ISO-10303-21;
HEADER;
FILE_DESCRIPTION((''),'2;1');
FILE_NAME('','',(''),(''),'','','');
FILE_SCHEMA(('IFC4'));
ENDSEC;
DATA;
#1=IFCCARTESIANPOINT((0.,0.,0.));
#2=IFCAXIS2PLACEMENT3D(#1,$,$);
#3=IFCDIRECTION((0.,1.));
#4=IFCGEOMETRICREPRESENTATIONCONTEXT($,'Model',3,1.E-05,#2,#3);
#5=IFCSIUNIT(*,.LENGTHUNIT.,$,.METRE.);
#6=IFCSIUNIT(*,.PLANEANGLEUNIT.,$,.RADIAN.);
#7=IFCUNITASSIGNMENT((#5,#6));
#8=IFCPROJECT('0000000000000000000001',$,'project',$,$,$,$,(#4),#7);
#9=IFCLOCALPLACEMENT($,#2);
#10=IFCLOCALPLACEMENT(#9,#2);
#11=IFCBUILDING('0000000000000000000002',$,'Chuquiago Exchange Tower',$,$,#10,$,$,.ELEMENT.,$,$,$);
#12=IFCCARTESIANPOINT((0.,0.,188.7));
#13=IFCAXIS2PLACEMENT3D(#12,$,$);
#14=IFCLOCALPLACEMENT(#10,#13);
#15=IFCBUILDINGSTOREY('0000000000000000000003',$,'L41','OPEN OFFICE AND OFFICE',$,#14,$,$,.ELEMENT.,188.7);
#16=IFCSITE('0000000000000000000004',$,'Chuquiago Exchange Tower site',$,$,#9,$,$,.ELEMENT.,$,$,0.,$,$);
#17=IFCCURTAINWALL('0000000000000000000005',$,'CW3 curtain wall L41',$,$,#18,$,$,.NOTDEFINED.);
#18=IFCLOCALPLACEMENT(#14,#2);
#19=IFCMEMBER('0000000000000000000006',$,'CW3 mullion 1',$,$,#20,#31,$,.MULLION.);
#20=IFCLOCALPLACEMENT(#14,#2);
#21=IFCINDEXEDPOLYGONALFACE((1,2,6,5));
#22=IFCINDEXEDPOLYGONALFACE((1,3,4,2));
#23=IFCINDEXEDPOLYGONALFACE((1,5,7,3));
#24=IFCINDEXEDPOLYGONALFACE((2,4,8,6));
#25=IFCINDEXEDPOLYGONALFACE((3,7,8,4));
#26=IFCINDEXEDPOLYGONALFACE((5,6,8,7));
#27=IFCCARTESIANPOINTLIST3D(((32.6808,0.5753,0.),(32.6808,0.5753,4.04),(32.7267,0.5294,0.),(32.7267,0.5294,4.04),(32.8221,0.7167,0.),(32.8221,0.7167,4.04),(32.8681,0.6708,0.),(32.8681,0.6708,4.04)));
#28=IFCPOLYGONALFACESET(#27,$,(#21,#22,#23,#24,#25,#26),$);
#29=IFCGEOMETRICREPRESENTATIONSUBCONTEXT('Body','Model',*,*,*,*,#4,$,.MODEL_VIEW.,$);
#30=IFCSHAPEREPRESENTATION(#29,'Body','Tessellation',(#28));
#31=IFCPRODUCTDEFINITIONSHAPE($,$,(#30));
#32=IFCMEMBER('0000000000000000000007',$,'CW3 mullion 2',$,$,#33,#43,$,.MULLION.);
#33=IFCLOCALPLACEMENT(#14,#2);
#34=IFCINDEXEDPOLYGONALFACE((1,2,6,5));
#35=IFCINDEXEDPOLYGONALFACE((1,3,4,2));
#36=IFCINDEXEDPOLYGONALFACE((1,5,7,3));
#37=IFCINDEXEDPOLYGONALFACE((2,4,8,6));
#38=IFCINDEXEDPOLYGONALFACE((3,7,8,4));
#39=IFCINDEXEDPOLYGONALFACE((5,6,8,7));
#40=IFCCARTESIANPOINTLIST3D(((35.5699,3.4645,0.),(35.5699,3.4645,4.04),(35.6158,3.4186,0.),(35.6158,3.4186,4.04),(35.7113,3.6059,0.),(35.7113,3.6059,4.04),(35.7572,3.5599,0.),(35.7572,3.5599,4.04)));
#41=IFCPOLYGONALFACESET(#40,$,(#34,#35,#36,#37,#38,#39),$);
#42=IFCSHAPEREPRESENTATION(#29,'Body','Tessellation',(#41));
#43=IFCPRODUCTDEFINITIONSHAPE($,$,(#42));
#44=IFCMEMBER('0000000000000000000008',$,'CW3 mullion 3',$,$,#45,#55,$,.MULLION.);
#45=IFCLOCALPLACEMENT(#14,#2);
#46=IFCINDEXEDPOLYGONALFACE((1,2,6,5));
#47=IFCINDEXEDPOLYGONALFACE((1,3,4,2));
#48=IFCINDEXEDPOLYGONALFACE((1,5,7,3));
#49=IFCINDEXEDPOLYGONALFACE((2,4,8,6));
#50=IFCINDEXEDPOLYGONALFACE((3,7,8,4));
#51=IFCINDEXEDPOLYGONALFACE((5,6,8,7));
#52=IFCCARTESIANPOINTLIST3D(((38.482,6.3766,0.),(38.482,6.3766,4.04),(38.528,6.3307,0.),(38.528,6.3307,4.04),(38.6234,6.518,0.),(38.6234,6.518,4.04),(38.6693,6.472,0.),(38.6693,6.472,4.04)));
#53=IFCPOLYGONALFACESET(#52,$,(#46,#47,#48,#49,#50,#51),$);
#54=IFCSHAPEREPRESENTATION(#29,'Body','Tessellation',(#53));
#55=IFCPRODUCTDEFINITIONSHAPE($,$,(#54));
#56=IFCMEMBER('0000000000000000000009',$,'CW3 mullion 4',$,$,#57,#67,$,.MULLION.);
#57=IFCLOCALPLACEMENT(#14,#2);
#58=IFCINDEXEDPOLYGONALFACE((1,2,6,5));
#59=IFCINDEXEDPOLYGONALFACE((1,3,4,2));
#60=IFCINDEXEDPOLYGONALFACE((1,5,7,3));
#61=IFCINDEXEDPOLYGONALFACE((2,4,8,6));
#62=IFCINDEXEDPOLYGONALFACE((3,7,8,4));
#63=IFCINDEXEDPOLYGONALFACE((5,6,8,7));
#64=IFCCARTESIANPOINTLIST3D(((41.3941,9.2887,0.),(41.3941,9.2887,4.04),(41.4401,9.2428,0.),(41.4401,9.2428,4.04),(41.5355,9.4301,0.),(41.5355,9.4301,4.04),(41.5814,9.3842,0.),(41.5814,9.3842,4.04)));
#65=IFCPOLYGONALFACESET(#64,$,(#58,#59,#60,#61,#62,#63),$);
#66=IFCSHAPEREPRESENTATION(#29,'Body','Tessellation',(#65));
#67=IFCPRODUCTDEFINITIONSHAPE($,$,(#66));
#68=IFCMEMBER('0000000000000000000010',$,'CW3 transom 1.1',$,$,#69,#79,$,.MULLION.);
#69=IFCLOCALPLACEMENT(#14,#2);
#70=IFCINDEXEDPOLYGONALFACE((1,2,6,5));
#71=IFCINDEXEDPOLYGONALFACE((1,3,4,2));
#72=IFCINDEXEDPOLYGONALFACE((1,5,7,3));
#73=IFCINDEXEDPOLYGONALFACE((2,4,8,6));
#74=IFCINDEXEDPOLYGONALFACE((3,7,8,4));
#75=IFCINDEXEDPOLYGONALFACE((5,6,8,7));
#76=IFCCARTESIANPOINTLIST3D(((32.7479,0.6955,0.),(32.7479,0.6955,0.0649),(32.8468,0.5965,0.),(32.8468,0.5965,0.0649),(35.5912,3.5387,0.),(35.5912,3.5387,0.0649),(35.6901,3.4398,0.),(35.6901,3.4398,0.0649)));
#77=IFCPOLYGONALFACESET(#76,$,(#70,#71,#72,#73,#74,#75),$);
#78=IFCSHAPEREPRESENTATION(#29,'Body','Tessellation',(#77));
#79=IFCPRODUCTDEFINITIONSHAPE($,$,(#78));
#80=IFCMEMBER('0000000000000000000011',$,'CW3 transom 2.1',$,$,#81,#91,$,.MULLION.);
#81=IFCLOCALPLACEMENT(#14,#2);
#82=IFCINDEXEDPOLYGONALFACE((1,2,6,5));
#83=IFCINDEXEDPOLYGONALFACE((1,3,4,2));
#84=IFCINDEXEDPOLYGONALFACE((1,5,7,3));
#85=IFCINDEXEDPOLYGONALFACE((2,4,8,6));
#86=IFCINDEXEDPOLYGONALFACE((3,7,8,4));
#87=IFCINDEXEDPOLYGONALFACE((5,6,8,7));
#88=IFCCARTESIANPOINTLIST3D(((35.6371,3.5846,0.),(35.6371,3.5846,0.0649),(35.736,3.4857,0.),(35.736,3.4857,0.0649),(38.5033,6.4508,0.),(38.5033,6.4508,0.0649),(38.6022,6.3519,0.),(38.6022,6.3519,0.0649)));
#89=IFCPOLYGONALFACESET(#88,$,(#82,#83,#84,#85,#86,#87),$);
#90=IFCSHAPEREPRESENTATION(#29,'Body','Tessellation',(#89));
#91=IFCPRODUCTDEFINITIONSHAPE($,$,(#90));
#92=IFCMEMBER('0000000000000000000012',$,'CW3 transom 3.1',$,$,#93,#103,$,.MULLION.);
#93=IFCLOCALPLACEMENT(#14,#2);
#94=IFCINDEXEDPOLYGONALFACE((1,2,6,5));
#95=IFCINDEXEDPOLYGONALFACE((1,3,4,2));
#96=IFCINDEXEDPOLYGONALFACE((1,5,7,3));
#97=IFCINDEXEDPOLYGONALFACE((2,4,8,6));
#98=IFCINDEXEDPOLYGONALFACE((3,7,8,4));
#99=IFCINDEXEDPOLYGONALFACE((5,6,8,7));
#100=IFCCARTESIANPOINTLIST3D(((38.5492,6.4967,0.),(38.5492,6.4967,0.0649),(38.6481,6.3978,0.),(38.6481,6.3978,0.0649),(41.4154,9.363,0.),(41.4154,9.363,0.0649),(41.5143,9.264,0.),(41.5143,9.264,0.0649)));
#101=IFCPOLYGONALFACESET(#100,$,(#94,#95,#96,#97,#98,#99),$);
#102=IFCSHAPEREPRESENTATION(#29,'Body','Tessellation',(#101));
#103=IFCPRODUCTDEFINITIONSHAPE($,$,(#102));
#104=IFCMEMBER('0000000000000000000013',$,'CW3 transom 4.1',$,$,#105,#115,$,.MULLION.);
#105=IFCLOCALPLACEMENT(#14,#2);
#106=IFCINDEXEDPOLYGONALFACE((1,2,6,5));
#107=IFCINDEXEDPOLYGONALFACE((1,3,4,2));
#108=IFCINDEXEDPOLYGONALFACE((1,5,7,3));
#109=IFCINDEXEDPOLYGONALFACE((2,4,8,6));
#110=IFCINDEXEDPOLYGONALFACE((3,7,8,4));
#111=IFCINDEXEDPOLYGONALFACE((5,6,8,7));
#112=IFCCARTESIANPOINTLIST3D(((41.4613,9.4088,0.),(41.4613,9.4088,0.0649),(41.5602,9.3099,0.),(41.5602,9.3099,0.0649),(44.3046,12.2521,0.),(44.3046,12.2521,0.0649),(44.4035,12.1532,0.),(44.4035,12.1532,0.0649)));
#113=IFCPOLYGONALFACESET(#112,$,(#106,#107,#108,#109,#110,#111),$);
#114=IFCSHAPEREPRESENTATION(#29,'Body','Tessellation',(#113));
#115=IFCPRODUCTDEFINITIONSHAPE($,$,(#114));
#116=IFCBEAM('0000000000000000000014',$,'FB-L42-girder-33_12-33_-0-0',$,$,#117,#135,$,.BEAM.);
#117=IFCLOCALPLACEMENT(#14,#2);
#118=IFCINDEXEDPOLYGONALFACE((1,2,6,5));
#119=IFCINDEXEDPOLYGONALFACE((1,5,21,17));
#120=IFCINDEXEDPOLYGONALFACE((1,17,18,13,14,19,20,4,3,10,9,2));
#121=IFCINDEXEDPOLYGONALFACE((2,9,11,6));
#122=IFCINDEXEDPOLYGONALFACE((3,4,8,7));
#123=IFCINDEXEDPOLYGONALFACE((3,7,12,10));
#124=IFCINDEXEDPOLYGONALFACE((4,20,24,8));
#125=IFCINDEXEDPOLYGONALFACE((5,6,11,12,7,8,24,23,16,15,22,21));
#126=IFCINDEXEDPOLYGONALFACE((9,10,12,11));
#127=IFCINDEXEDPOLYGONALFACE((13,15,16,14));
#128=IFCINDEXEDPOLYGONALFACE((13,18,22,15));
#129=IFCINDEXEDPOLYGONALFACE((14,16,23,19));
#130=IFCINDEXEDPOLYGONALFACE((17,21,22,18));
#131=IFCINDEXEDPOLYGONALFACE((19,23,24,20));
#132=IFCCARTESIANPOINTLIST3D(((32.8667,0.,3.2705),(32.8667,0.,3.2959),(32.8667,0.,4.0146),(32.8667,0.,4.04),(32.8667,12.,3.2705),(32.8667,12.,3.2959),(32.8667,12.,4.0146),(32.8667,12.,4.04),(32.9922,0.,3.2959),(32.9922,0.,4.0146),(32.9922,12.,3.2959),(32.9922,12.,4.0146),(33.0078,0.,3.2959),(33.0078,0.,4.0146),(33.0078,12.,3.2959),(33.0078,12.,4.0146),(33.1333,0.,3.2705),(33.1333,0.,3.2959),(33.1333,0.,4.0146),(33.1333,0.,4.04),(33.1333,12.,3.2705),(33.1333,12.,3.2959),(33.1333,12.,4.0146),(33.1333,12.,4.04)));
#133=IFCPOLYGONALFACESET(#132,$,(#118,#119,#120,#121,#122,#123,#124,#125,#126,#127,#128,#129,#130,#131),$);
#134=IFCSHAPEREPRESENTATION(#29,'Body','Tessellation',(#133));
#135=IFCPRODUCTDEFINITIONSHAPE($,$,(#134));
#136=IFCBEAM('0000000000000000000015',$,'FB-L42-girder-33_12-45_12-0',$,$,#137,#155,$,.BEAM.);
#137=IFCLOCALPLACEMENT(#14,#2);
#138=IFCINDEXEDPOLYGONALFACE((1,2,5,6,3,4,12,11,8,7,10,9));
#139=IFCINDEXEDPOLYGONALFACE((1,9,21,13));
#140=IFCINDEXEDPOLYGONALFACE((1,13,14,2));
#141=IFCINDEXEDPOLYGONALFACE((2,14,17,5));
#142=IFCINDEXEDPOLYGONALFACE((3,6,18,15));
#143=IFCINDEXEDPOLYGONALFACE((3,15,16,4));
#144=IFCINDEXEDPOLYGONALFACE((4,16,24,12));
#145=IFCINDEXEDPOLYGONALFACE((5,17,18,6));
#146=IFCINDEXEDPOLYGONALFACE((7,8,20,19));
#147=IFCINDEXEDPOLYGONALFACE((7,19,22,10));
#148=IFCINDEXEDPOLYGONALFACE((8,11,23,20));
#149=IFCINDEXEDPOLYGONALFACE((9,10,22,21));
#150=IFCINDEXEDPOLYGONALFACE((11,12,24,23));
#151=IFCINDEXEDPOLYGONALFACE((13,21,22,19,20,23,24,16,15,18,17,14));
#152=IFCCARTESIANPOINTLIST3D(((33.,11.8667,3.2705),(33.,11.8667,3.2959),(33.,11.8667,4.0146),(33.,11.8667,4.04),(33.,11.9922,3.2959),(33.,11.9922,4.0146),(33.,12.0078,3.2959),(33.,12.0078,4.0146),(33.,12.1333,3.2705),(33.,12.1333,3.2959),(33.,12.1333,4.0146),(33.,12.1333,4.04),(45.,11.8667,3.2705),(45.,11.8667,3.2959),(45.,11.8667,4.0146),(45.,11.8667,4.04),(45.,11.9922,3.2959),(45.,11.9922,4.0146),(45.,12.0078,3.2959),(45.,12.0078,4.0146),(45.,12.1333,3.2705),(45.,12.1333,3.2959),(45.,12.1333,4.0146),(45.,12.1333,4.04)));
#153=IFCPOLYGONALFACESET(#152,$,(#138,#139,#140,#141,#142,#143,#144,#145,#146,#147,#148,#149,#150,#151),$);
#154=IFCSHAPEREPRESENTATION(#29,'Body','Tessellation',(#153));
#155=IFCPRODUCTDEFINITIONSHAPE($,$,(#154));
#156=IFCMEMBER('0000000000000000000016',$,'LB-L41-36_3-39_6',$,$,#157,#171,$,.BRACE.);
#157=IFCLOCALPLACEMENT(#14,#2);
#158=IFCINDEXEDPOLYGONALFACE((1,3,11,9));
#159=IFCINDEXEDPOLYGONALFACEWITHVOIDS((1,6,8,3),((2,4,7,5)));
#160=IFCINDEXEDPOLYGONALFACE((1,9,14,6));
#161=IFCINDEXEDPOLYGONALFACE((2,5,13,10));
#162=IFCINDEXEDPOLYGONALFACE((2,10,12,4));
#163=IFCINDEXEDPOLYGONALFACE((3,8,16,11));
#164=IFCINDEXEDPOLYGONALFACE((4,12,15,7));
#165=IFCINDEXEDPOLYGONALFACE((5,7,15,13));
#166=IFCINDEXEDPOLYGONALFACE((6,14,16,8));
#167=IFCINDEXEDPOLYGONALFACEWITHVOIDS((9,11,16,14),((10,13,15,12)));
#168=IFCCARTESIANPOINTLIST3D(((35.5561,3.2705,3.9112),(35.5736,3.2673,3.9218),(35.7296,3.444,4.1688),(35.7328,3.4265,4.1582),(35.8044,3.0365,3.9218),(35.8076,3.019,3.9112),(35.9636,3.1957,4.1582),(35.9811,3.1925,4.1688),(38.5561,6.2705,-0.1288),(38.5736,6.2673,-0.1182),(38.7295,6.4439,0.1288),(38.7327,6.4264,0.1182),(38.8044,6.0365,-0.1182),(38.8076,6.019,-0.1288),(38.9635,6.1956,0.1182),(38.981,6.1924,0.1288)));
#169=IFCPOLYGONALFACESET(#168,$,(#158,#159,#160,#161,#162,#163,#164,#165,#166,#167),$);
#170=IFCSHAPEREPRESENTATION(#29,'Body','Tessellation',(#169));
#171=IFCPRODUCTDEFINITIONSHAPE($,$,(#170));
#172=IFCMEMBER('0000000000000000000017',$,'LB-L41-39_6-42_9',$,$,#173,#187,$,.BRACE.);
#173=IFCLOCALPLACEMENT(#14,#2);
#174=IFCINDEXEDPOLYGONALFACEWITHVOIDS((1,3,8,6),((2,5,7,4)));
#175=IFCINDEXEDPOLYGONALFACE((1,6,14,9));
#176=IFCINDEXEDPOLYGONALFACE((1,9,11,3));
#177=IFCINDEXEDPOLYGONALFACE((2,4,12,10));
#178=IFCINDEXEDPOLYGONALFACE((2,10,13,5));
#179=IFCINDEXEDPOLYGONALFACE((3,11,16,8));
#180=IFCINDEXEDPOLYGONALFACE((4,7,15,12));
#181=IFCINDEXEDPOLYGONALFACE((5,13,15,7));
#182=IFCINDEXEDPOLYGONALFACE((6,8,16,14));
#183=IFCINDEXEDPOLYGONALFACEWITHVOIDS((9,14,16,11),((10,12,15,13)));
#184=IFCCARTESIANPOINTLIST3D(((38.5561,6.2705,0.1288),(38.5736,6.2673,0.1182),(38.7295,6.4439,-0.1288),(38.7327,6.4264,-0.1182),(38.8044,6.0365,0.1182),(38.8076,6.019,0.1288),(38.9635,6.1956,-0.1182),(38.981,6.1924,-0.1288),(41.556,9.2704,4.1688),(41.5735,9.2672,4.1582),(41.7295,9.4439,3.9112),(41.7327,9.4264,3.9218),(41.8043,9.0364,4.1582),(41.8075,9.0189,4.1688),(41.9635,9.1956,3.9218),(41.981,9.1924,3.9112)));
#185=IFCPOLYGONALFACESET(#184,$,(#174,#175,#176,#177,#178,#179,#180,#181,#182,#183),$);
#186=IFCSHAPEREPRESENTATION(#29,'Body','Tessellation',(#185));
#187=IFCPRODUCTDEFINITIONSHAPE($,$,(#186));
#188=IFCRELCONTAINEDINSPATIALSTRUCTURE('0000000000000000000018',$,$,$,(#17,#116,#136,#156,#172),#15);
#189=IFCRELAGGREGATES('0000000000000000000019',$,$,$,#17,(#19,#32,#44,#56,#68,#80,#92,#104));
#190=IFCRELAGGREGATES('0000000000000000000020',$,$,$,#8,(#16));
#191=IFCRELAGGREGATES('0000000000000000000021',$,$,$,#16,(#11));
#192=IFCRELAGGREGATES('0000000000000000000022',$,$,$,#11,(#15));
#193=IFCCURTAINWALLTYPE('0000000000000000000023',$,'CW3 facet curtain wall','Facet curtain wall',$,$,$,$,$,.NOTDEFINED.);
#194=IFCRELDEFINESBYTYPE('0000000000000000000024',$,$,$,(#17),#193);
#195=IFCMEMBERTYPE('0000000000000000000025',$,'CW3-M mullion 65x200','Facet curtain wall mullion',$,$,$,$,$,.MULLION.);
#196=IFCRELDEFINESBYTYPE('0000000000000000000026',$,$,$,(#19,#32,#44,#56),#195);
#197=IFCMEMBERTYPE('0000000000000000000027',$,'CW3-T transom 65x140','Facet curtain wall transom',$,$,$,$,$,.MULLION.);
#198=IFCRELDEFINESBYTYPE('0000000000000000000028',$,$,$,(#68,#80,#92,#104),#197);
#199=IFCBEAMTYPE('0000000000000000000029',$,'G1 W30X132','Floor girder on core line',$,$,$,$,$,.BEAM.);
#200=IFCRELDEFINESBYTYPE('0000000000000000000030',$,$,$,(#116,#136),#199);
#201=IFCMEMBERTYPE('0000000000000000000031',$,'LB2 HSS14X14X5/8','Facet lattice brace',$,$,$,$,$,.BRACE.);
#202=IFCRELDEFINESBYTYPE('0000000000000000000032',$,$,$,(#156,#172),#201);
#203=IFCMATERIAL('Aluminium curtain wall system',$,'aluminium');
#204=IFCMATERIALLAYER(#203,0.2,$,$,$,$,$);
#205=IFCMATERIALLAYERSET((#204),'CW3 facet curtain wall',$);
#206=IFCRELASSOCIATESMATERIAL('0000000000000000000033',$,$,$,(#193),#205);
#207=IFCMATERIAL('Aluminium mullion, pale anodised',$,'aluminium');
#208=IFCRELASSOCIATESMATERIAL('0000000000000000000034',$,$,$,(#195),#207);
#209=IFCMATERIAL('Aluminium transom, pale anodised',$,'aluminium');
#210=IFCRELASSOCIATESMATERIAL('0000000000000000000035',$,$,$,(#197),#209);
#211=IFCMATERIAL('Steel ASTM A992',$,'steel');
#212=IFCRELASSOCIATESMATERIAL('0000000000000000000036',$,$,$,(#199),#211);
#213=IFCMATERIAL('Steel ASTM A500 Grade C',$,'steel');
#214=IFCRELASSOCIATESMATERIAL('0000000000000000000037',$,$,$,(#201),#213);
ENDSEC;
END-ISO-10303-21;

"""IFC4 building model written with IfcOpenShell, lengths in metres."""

from ifc_helpers import new_model, si_unit, direction, frame, origin, origin_2d, place, context, subcontext, project, spatial, rectangle, hollow_rectangle, i_section, extrude, material, layer, layer_set, material_profile, profile_set, type_object, element, aggregate, save


model = new_model("IFC4")

# Units and contexts
model_context = context("Model", 3, precision=1e-05, world=origin(), true_north=direction((0.0, 1.0)))
body_context = subcontext(model_context, "Body", "Model", "MODEL_VIEW")
ifc_project = project(units=[si_unit("LENGTHUNIT", "METRE"), si_unit("PLANEANGLEUNIT", "RADIAN")], contexts=[model_context])

# Site, building, storey
site_placement = place(None, origin())
site = spatial("IfcSite", under=ifc_project, at=site_placement, Name="Chuquiago Exchange Tower site", CompositionType="ELEMENT", RefElevation=0.0)
building_placement = place(site_placement, origin())
building = spatial("IfcBuilding", under=site, at=building_placement, Name="Chuquiago Exchange Tower", CompositionType="ELEMENT")
storey_placement = place(building_placement, frame((0.0, 0.0, 188.7)))
storey = spatial("IfcBuildingStorey", under=building, at=storey_placement, Name="L41", Description="OPEN OFFICE AND OFFICE", CompositionType="ELEMENT", Elevation=188.7)

# Curtain wall, members
ifc_material_1 = material(Name="Aluminium curtain wall system", Category="aluminium")
ifc_layer_1 = layer(ifc_material_1, 0.2)
ifc_layer_set_1 = layer_set([ifc_layer_1], Name="CW3 facet curtain wall")
curtain_wall_type = type_object("IfcCurtainWallType", Name="CW3 facet curtain wall", Description="Facet curtain wall", PredefinedType="NOTDEFINED", material=ifc_layer_set_1)
curtain_wall_placement = place(storey_placement, origin())
curtain_wall = element("IfcCurtainWall", 1, at=curtain_wall_placement, inside=storey, type_object=curtain_wall_type, Name="CW3 curtain wall L41", PredefinedType="NOTDEFINED")
ifc_material_2 = material(Name="Aluminium mullion, pale anodised", Category="aluminium")
ifc_material_profile_1 = material_profile(ifc_material_2, rectangle(XDim=0.0649, YDim=0.2, at=origin_2d()), Name="AL 65x200")
ifc_profile_set_1 = profile_set([ifc_material_profile_1], Name="Aluminium mullion, pale anodised")
member_type_1 = type_object("IfcMemberType", Name="CW3-M mullion 65x200", Description="Facet curtain wall mullion", PredefinedType="MULLION", material=ifc_profile_set_1)
member_1_placement = place(storey_placement, frame((32.7744, 0.623, 0.0), z_axis=(0.0, 0.0, 1.0), x_axis=(-0.707107, 0.707107, 0.0)))
member_1 = element("IfcMember", 2, at=member_1_placement, type_object=member_type_1, Name="CW3 mullion 1", PredefinedType="MULLION", context=body_context, shape_type="SweptSolid", body=[
    extrude(rectangle(XDim=0.0649, YDim=0.2, at=origin_2d()), origin(), (0.0, 0.0, 1.0), 4.04),
])
member_2_placement = place(storey_placement, frame((35.6636, 3.5122, 0.0), z_axis=(0.0, 0.0, 1.0), x_axis=(-0.707107, 0.707107, 0.0)))
member_2 = element("IfcMember", 3, at=member_2_placement, type_object=member_type_1, Name="CW3 mullion 2", PredefinedType="MULLION", context=body_context, shape_type="SweptSolid", body=[
    extrude(rectangle(XDim=0.0649, YDim=0.2, at=origin_2d()), origin(), (0.0, 0.0, 1.0), 4.04),
])
member_3_placement = place(storey_placement, frame((38.5757, 6.4243, 0.0), z_axis=(0.0, 0.0, 1.0), x_axis=(-0.707107, 0.707107, 0.0)))
member_3 = element("IfcMember", 4, at=member_3_placement, type_object=member_type_1, Name="CW3 mullion 3", PredefinedType="MULLION", context=body_context, shape_type="SweptSolid", body=[
    extrude(rectangle(XDim=0.0649, YDim=0.2, at=origin_2d()), origin(), (0.0, 0.0, 1.0), 4.04),
])
member_4_placement = place(storey_placement, frame((41.4878, 9.3364, 0.0), z_axis=(0.0, 0.0, 1.0), x_axis=(-0.707107, 0.707107, 0.0)))
member_4 = element("IfcMember", 5, at=member_4_placement, type_object=member_type_1, Name="CW3 mullion 4", PredefinedType="MULLION", context=body_context, shape_type="SweptSolid", body=[
    extrude(rectangle(XDim=0.0649, YDim=0.2, at=origin_2d()), origin(), (0.0, 0.0, 1.0), 4.04),
])
ifc_material_3 = material(Name="Aluminium transom, pale anodised", Category="aluminium")
ifc_material_profile_2 = material_profile(ifc_material_3, rectangle(XDim=0.1399, YDim=0.0649, at=origin_2d()), Name="AL 140x65")
ifc_profile_set_2 = profile_set([ifc_material_profile_2], Name="Aluminium transom, pale anodised")
member_type_2 = type_object("IfcMemberType", Name="CW3-T transom 65x140", Description="Facet curtain wall transom", PredefinedType="MULLION", material=ifc_profile_set_2)
member_5_placement = place(storey_placement, frame((32.7974, 0.646, 0.0325), z_axis=(0.707107, 0.707107, 0.0), x_axis=(-0.707107, 0.707107, 0.0)))
member_5 = element("IfcMember", 6, at=member_5_placement, type_object=member_type_2, Name="CW3 transom 1.1", PredefinedType="MULLION", context=body_context, shape_type="SweptSolid", body=[
    extrude(rectangle(XDim=0.1399, YDim=0.0649, at=origin_2d()), origin(), (0.0, 0.0, 1.0), 4.021),
])
member_6_placement = place(storey_placement, frame((35.6865, 3.5352, 0.0325), z_axis=(0.707107, 0.707107, 0.0), x_axis=(-0.707107, 0.707107, 0.0)))
member_6 = element("IfcMember", 7, at=member_6_placement, type_object=member_type_2, Name="CW3 transom 2.1", PredefinedType="MULLION", context=body_context, shape_type="SweptSolid", body=[
    extrude(rectangle(XDim=0.1399, YDim=0.0649, at=origin_2d()), origin(), (0.0, 0.0, 1.0), 4.0535),
])
member_7_placement = place(storey_placement, frame((38.5986, 6.4473, 0.0325), z_axis=(0.707107, 0.707107, 0.0), x_axis=(-0.707107, 0.707107, 0.0)))
member_7 = element("IfcMember", 8, at=member_7_placement, type_object=member_type_2, Name="CW3 transom 3.1", PredefinedType="MULLION", context=body_context, shape_type="SweptSolid", body=[
    extrude(rectangle(XDim=0.1399, YDim=0.0649, at=origin_2d()), origin(), (0.0, 0.0, 1.0), 4.0535),
])
member_8_placement = place(storey_placement, frame((41.5107, 9.3594, 0.0325), z_axis=(0.707107, 0.707107, 0.0), x_axis=(-0.707107, 0.707107, 0.0)))
member_8 = element("IfcMember", 9, at=member_8_placement, type_object=member_type_2, Name="CW3 transom 4.1", PredefinedType="MULLION", context=body_context, shape_type="SweptSolid", body=[
    extrude(rectangle(XDim=0.1399, YDim=0.0649, at=origin_2d()), origin(), (0.0, 0.0, 1.0), 4.021),
])

# Beams
ifc_material_4 = material(Name="Steel ASTM A992", Category="steel")
ifc_material_profile_3 = material_profile(ifc_material_4, i_section(OverallWidth=0.2666, OverallDepth=0.7695, WebThickness=0.0156, FlangeThickness=0.0254, at=origin_2d()), Name="W30X132")
ifc_profile_set_3 = profile_set([ifc_material_profile_3], Name="Steel ASTM A992")
beam_type_1 = type_object("IfcBeamType", Name="G1 W30X132", Description="Floor girder on core line", PredefinedType="BEAM", material=ifc_profile_set_3)
for number, where, z_axis, x_axis, name in (
    (10, (33.0, 12.0, 3.6553), (0.0, -1.0, 0.0), (1.0, 0.0, 0.0), "FB-L42-girder-33_12-33_-0-0"),
    (11, (33.0, 12.0, 3.6553), (1.0, 0.0, 0.0), (0.0, 1.0, 0.0), "FB-L42-girder-33_12-45_12-0"),
):
    element("IfcBeam", number, at=place(storey_placement, frame(where, z_axis=z_axis, x_axis=x_axis)), inside=storey, type_object=beam_type_1, Name=name, PredefinedType="BEAM", context=body_context, shape_type="SweptSolid", body=[
        extrude(i_section(OverallWidth=0.2666, OverallDepth=0.7695, WebThickness=0.0156, FlangeThickness=0.0254, at=origin_2d()), origin(), (0.0, 0.0, 1.0), 12.0),
    ])

# Members
ifc_material_5 = material(Name="Steel ASTM A500 Grade C", Category="steel")
ifc_material_profile_4 = material_profile(ifc_material_5, hollow_rectangle(XDim=0.3557, YDim=0.3557, WallThickness=0.0146, at=origin_2d()), Name="HSS14X14X5/8")
ifc_profile_set_4 = profile_set([ifc_material_profile_4], Name="Steel ASTM A500 Grade C")
member_type_3 = type_object("IfcMemberType", Name="LB2 HSS14X14X5/8", Description="Facet lattice brace", PredefinedType="BRACE", material=ifc_profile_set_4)
for number, where, z_axis, x_axis, name in (
    (12, (38.7686, 6.2314, 0.0), (-0.512077, -0.512077, 0.689604), (0.707107, -0.707107, 0.0), "LB-L41-36_3-39_6"),
    (13, (38.7686, 6.2314, 0.0), (0.512077, 0.512077, 0.689604), (-0.707107, 0.707107, 0.0), "LB-L41-39_6-42_9"),
):
    element("IfcMember", number, at=place(storey_placement, frame(where, z_axis=z_axis, x_axis=x_axis)), inside=storey, type_object=member_type_3, Name=name, PredefinedType="BRACE", context=body_context, shape_type="SweptSolid", body=[
        extrude(hollow_rectangle(XDim=0.3557, YDim=0.3557, WallThickness=0.0146, at=origin_2d()), origin(), (0.0, 0.0, 1.0), 5.8584),
    ])

aggregate(curtain_wall, [member_1, member_2, member_3, member_4, member_5, member_6, member_7, member_8])

save(model, "model.ifc")
